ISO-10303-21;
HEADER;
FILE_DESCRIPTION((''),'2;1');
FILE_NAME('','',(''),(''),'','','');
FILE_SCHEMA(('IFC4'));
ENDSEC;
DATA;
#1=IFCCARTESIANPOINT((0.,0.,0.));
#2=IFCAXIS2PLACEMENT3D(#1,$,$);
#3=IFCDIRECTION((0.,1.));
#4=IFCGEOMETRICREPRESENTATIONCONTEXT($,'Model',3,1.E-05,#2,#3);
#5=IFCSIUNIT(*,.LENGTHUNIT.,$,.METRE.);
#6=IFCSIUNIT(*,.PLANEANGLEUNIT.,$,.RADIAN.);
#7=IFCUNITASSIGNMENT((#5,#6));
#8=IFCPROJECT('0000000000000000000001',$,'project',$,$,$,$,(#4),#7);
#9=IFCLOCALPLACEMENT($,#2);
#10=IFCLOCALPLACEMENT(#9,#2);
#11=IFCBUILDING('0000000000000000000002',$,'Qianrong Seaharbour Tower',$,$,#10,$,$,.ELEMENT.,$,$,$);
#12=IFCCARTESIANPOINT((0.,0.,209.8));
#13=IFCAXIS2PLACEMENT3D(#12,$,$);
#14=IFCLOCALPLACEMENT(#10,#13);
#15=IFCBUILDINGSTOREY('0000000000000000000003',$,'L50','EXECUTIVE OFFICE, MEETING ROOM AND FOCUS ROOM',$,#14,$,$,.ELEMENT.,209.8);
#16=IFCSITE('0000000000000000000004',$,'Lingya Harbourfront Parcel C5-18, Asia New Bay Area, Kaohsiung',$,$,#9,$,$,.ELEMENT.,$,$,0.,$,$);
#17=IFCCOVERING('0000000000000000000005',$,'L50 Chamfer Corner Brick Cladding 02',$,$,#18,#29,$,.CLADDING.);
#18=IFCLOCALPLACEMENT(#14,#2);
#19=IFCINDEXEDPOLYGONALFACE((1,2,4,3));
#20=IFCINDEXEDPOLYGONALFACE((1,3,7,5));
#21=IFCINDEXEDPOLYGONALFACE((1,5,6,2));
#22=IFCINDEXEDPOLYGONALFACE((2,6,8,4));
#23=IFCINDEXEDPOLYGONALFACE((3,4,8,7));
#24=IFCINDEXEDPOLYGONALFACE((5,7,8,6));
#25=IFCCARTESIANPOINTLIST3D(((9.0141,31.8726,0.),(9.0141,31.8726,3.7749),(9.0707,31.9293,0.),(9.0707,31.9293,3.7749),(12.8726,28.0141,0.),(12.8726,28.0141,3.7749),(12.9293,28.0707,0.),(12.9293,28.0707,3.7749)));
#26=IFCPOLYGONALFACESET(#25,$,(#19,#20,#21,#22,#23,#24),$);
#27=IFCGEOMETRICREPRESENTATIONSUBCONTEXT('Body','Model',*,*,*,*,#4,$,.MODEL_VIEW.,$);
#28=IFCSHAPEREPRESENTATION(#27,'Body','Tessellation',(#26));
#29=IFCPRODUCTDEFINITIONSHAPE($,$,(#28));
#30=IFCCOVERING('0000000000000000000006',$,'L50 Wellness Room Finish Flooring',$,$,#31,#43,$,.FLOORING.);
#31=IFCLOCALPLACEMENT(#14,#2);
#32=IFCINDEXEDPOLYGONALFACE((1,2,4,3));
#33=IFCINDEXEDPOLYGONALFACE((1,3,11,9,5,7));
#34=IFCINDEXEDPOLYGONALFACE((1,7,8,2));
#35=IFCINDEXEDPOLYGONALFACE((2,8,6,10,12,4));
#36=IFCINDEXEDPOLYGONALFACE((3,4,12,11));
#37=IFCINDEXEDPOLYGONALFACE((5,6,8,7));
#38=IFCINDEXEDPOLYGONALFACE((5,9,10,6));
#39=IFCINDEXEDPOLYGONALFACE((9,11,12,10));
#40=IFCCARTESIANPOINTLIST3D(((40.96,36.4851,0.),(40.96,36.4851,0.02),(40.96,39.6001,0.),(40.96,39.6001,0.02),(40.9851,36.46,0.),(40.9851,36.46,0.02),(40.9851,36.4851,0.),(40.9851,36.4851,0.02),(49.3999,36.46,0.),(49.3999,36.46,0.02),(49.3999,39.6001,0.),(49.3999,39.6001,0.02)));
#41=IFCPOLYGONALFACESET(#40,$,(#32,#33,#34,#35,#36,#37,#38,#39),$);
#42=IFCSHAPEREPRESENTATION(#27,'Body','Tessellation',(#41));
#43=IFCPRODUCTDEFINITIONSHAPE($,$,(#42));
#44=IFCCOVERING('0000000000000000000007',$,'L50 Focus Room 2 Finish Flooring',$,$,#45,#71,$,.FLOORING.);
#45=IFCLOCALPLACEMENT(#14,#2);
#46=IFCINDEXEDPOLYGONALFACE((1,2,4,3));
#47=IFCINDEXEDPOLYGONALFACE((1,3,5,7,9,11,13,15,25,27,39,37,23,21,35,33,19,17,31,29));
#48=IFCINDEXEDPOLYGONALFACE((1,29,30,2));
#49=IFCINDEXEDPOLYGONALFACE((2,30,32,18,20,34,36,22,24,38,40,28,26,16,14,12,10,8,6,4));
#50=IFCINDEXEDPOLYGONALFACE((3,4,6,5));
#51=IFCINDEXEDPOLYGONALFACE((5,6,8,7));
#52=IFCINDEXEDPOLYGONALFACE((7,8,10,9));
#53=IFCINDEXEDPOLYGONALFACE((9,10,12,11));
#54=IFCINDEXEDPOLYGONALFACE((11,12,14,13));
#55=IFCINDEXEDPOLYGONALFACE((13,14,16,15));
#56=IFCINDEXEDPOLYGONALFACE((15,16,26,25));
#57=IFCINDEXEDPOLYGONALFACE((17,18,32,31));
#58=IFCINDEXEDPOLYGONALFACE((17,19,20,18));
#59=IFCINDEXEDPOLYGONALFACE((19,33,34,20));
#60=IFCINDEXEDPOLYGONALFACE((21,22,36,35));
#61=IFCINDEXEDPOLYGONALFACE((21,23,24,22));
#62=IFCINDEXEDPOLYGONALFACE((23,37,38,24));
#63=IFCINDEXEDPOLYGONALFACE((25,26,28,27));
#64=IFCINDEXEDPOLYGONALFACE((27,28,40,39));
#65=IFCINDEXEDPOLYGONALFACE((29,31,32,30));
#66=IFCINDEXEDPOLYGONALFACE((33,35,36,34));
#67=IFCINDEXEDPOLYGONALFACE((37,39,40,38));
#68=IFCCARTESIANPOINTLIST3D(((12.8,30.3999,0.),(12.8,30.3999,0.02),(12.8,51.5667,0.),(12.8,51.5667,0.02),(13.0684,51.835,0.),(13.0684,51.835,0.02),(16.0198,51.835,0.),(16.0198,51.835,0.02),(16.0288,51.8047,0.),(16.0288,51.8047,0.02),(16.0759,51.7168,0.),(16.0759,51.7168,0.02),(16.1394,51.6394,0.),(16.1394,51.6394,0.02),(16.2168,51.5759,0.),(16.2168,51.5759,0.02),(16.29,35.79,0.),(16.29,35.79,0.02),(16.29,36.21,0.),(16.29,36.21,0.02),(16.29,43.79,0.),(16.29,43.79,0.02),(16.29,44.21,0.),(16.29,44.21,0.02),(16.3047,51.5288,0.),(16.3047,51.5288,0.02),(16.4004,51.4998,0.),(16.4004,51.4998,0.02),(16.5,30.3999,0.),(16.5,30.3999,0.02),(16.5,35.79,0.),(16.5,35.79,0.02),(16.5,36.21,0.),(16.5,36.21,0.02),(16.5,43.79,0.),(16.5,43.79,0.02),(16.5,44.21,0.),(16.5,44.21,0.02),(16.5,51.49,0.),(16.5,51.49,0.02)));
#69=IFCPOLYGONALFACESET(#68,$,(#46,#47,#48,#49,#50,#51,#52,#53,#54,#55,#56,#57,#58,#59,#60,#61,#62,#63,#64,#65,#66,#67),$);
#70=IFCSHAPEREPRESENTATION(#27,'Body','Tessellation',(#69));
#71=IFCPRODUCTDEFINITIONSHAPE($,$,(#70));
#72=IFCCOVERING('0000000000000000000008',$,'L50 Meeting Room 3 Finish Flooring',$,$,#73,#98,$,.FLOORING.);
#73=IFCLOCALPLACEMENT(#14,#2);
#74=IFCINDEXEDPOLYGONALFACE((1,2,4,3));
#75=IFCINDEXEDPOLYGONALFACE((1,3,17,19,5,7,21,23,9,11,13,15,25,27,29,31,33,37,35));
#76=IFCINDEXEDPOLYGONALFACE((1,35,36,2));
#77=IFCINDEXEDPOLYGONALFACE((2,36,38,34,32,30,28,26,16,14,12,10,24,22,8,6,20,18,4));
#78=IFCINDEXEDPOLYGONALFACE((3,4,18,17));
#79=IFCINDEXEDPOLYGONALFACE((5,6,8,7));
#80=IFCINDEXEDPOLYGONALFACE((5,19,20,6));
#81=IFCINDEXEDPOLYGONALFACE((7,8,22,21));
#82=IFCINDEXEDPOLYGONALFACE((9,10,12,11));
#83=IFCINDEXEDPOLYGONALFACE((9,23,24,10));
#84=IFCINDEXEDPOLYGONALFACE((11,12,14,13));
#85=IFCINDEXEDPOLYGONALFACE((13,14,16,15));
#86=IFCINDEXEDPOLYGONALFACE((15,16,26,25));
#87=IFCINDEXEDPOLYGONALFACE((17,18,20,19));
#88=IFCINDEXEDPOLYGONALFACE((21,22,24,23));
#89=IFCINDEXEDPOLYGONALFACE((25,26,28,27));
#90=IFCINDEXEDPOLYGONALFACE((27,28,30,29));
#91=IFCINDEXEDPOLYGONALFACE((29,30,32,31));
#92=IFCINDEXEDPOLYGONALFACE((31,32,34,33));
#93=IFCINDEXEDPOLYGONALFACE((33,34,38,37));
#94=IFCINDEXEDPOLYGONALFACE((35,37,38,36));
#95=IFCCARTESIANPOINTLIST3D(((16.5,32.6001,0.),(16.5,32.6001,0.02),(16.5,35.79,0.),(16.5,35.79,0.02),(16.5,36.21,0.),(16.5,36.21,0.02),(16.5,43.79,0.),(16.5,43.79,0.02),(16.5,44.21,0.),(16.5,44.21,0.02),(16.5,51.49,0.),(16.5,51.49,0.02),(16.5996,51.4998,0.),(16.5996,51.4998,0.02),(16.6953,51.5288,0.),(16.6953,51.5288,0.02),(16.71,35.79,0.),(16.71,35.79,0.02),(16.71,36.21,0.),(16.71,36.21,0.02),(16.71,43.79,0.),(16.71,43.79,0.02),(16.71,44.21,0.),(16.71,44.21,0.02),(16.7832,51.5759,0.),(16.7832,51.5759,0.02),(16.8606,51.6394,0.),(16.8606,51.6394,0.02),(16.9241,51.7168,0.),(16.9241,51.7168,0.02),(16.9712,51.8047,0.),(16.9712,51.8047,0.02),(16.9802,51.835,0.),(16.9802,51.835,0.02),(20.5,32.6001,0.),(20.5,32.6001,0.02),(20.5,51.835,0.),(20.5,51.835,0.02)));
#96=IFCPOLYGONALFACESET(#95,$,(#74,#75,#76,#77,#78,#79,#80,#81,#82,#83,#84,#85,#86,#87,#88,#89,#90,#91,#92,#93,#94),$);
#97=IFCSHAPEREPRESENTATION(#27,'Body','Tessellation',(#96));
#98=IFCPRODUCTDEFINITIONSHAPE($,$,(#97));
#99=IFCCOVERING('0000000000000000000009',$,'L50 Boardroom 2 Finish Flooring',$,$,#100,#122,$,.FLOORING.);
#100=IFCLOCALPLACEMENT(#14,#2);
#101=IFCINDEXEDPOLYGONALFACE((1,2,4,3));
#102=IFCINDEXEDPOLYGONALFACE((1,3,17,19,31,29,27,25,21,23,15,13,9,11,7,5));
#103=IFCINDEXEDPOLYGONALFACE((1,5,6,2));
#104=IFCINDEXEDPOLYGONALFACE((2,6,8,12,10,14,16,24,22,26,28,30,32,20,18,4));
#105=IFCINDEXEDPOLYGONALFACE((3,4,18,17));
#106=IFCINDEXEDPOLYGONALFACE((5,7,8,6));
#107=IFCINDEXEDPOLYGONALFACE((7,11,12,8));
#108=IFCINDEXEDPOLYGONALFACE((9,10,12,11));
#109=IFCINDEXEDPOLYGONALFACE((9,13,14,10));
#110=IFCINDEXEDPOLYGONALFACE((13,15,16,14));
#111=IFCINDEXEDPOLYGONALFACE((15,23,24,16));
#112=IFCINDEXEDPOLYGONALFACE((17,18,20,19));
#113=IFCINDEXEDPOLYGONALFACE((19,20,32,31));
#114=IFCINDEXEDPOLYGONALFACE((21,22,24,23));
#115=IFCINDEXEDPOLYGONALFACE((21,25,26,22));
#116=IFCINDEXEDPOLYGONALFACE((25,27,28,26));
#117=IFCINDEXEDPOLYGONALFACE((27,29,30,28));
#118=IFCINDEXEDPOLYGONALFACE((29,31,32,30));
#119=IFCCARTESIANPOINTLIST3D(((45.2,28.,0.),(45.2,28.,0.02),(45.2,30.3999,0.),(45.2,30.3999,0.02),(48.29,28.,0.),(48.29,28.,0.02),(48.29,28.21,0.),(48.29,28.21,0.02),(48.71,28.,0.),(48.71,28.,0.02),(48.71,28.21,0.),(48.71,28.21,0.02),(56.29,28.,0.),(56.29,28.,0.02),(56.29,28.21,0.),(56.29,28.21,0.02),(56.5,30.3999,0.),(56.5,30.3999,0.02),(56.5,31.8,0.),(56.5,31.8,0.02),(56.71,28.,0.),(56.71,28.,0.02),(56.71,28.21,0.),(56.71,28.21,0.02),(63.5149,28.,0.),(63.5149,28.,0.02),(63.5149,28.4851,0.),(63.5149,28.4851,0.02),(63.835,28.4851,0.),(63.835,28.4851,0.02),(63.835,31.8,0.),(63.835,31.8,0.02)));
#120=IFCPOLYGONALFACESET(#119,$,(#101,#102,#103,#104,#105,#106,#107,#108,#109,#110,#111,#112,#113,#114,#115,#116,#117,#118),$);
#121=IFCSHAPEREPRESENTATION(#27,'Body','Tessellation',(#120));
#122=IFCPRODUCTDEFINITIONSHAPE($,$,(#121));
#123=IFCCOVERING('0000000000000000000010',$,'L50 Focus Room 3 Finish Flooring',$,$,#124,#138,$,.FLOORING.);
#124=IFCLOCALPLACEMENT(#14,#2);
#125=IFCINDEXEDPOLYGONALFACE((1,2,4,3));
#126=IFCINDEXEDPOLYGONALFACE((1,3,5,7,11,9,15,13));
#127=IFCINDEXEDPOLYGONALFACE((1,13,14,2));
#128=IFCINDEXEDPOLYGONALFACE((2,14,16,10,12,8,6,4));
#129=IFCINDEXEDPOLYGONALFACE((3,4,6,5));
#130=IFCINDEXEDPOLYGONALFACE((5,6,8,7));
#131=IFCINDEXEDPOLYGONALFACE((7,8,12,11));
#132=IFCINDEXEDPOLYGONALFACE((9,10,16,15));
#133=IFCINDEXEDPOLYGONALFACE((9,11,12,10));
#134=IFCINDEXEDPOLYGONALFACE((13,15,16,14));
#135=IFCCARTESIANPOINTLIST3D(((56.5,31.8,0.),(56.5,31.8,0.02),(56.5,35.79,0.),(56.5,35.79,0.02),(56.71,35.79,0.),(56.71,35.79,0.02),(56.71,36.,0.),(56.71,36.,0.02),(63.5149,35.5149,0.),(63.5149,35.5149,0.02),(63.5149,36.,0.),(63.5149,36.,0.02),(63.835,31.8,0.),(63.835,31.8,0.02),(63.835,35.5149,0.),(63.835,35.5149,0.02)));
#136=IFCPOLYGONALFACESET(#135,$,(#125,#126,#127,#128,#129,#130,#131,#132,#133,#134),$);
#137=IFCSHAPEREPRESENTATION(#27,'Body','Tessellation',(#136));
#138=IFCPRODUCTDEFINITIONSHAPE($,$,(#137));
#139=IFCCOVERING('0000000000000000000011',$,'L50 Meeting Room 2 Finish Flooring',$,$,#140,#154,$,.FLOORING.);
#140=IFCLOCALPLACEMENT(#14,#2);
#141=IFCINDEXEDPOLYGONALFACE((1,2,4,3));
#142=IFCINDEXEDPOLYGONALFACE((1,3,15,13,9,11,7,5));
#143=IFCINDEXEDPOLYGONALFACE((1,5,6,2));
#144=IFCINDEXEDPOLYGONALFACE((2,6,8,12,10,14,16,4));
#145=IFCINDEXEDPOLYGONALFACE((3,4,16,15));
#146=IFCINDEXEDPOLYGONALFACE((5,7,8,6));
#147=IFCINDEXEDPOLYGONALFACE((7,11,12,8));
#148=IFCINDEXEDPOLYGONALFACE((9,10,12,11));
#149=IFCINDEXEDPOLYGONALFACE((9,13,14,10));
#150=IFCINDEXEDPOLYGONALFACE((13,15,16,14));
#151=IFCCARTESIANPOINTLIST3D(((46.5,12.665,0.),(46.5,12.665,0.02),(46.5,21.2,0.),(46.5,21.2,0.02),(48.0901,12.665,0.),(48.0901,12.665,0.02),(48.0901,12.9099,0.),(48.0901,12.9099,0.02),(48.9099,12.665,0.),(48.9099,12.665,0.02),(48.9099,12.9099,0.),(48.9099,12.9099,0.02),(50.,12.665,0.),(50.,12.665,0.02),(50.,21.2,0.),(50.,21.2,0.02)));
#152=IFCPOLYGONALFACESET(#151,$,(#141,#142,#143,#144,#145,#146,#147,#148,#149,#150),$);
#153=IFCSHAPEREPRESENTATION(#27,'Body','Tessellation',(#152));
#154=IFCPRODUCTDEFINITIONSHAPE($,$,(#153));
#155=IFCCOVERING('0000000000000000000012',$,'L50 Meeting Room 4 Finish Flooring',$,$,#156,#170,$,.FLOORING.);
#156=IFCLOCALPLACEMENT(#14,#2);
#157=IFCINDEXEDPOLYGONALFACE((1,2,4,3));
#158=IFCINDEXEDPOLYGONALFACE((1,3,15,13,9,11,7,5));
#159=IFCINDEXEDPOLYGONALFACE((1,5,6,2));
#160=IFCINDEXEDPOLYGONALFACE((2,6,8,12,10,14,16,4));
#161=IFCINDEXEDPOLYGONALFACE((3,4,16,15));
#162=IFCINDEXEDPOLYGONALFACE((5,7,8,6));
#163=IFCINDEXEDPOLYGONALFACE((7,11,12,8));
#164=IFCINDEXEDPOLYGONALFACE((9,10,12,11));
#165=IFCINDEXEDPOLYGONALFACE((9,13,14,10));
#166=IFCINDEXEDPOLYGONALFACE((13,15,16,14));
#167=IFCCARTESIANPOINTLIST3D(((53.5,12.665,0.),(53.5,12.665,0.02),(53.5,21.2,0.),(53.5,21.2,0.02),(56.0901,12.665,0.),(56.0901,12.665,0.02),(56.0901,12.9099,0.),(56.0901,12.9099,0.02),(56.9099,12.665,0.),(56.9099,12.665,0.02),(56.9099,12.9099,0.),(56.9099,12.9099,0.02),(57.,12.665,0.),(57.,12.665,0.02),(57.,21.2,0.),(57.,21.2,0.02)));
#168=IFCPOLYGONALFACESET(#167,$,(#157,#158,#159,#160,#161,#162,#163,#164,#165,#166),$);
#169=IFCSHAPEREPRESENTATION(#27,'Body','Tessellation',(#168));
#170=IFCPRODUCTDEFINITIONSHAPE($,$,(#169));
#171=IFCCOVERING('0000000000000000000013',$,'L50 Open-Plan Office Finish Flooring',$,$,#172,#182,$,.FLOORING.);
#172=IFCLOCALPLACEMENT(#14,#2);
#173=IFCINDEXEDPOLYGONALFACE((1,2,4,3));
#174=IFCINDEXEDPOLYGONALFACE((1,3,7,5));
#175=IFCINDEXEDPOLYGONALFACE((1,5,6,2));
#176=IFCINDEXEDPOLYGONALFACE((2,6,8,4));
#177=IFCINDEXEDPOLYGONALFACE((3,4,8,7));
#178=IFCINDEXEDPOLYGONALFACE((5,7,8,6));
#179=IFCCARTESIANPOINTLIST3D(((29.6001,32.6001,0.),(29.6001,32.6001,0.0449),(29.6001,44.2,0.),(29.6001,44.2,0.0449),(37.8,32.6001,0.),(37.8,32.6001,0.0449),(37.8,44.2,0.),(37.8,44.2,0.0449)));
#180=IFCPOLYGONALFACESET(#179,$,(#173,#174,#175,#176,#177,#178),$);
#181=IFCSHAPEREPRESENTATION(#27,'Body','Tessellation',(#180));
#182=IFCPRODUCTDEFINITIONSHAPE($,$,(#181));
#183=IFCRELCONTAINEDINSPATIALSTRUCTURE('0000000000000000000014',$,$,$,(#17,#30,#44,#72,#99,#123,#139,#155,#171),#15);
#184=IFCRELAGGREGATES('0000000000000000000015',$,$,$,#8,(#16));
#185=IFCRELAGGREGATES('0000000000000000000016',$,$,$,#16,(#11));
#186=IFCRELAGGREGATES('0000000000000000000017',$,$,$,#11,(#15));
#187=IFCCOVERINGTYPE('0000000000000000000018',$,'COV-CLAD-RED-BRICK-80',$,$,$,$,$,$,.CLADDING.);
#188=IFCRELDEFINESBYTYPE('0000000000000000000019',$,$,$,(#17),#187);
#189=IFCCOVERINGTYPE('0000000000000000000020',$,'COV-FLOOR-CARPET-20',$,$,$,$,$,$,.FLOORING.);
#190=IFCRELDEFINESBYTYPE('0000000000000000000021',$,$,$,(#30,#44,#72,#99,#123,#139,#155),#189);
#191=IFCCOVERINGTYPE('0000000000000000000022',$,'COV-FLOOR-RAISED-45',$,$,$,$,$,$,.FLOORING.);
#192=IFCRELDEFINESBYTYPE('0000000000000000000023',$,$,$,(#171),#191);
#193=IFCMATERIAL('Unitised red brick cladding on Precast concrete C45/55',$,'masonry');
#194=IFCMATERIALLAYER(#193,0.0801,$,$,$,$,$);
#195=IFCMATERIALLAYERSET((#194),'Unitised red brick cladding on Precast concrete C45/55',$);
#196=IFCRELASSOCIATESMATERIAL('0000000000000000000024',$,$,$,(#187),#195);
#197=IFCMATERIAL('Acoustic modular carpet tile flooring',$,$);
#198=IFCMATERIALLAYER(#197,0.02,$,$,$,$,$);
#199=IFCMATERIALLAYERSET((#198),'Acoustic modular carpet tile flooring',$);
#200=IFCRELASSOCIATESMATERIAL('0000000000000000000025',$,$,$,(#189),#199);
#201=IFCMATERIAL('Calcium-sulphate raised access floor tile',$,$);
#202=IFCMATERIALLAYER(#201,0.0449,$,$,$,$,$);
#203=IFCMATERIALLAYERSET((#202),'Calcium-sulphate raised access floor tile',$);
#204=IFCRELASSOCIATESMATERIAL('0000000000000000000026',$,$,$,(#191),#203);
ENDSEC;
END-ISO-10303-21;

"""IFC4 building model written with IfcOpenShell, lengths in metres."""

from ifc_helpers import new_model, si_unit, direction, frame, origin, origin_2d, place, context, subcontext, project, spatial, polyline, rectangle, outline, extrude, material, layer, layer_set, type_object, element, save


model = new_model("IFC4")

# Units and contexts
model_context = context("Model", 3, precision=1e-05, world=origin(), true_north=direction((0.0, 1.0)))
body_context = subcontext(model_context, "Body", "Model", "MODEL_VIEW")
ifc_project = project(units=[si_unit("LENGTHUNIT", "METRE"), si_unit("PLANEANGLEUNIT", "RADIAN")], contexts=[model_context])

# Site, building, storey
site_placement = place(None, origin())
site = spatial("IfcSite", under=ifc_project, at=site_placement, Name="Lingya Harbourfront Parcel C5-18, Asia New Bay Area, Kaohsiung", CompositionType="ELEMENT", RefElevation=0.0)
building_placement = place(site_placement, origin())
building = spatial("IfcBuilding", under=site, at=building_placement, Name="Qianrong Seaharbour Tower", CompositionType="ELEMENT")
storey_placement = place(building_placement, frame((0.0, 0.0, 209.8)))
storey = spatial("IfcBuildingStorey", under=building, at=storey_placement, Name="L50", Description="EXECUTIVE OFFICE, MEETING ROOM AND FOCUS ROOM", CompositionType="ELEMENT", Elevation=209.8)

# Coverings
ifc_material_1 = material(Name="Unitised red brick cladding on Precast concrete C45/55", Category="masonry")
ifc_layer_1 = layer(ifc_material_1, 0.0801)
ifc_layer_set_1 = layer_set([ifc_layer_1], Name="Unitised red brick cladding on Precast concrete C45/55")
covering_type_1 = type_object("IfcCoveringType", Name="COV-CLAD-RED-BRICK-80", PredefinedType="CLADDING", material=ifc_layer_set_1)
covering_1_placement = place(storey_placement, frame((10.9717, 29.9717, 0.0), z_axis=(0.0, 0.0, 1.0), x_axis=(-0.707107, 0.707107, 0.0)))
element("IfcCovering", 1, at=covering_1_placement, inside=storey, type_object=covering_type_1, Name="L50 Chamfer Corner Brick Cladding 02", PredefinedType="CLADDING", context=body_context, shape_type="SweptSolid", body=[
    extrude(rectangle(XDim=5.4568, YDim=0.0801, at=origin_2d()), origin(), (0.0, 0.0, 1.0), 3.7749),
])
ifc_material_2 = material(Name="Acoustic modular carpet tile flooring")
ifc_layer_2 = layer(ifc_material_2, 0.02)
ifc_layer_set_2 = layer_set([ifc_layer_2], Name="Acoustic modular carpet tile flooring")
covering_type_2 = type_object("IfcCoveringType", Name="COV-FLOOR-CARPET-20", PredefinedType="FLOORING", material=ifc_layer_set_2)
covering_2_placement = place(storey_placement, origin())
element("IfcCovering", 2, at=covering_2_placement, inside=storey, type_object=covering_type_2, Name="L50 Wellness Room Finish Flooring", PredefinedType="FLOORING", context=body_context, shape_type="SweptSolid", body=[
    extrude(outline(polyline([(49.3999, 39.6001), (49.3999, 36.46), (40.9851, 36.46), (40.9851, 36.4851), (40.96, 36.4851), (40.96, 39.6001), (49.3999, 39.6001)])), origin(), (0.0, 0.0, 1.0), 0.02),
])
covering_3_placement = place(storey_placement, origin())
element("IfcCovering", 3, at=covering_3_placement, inside=storey, type_object=covering_type_2, Name="L50 Focus Room 2 Finish Flooring", PredefinedType="FLOORING", context=body_context, shape_type="SweptSolid", body=[
    extrude(outline(polyline([(12.8, 51.5667), (13.0684, 51.835), (16.0198, 51.835), (16.0288, 51.8047), (16.0759, 51.7168), (16.1394, 51.6394), (16.2168, 51.5759), (16.3047, 51.5288), (16.4004, 51.4998), (16.5, 51.49), (16.5, 44.21), (16.29, 44.21), (16.29, 43.79), (16.5, 43.79), (16.5, 36.21), (16.29, 36.21), (16.29, 35.79), (16.5, 35.79), (16.5, 30.3999), (12.8, 30.3999), (12.8, 51.5667)])), origin(), (0.0, 0.0, 1.0), 0.02),
])
covering_4_placement = place(storey_placement, origin())
element("IfcCovering", 4, at=covering_4_placement, inside=storey, type_object=covering_type_2, Name="L50 Meeting Room 3 Finish Flooring", PredefinedType="FLOORING", context=body_context, shape_type="SweptSolid", body=[
    extrude(outline(polyline([(20.5, 51.835), (20.5, 32.6001), (16.5, 32.6001), (16.5, 35.79), (16.71, 35.79), (16.71, 36.21), (16.5, 36.21), (16.5, 43.79), (16.71, 43.79), (16.71, 44.21), (16.5, 44.21), (16.5, 51.49), (16.5996, 51.4998), (16.6953, 51.5288), (16.7832, 51.5759), (16.8606, 51.6394), (16.9241, 51.7168), (16.9712, 51.8047), (16.9802, 51.835), (20.5, 51.835)])), origin(), (0.0, 0.0, 1.0), 0.02),
])
covering_5_placement = place(storey_placement, origin())
element("IfcCovering", 5, at=covering_5_placement, inside=storey, type_object=covering_type_2, Name="L50 Boardroom 2 Finish Flooring", PredefinedType="FLOORING", context=body_context, shape_type="SweptSolid", body=[
    extrude(outline(polyline([(56.5, 30.3999), (56.5, 31.8), (63.835, 31.8), (63.835, 28.4851), (63.5149, 28.4851), (63.5149, 28.0), (56.71, 28.0), (56.71, 28.21), (56.29, 28.21), (56.29, 28.0), (48.71, 28.0), (48.71, 28.21), (48.29, 28.21), (48.29, 28.0), (45.2, 28.0), (45.2, 30.3999), (56.5, 30.3999)])), origin(), (0.0, 0.0, 1.0), 0.02),
])
covering_6_placement = place(storey_placement, origin())
element("IfcCovering", 6, at=covering_6_placement, inside=storey, type_object=covering_type_2, Name="L50 Focus Room 3 Finish Flooring", PredefinedType="FLOORING", context=body_context, shape_type="SweptSolid", body=[
    extrude(outline(polyline([(63.835, 31.8), (56.5, 31.8), (56.5, 35.79), (56.71, 35.79), (56.71, 36.0), (63.5149, 36.0), (63.5149, 35.5149), (63.835, 35.5149), (63.835, 31.8)])), origin(), (0.0, 0.0, 1.0), 0.02),
])
covering_7_placement = place(storey_placement, origin())
element("IfcCovering", 7, at=covering_7_placement, inside=storey, type_object=covering_type_2, Name="L50 Meeting Room 2 Finish Flooring", PredefinedType="FLOORING", context=body_context, shape_type="SweptSolid", body=[
    extrude(outline(polyline([(48.9099, 12.665), (48.9099, 12.9099), (48.0901, 12.9099), (48.0901, 12.665), (46.5, 12.665), (46.5, 21.2), (50.0, 21.2), (50.0, 12.665), (48.9099, 12.665)])), origin(), (0.0, 0.0, 1.0), 0.02),
])
covering_8_placement = place(storey_placement, origin())
element("IfcCovering", 8, at=covering_8_placement, inside=storey, type_object=covering_type_2, Name="L50 Meeting Room 4 Finish Flooring", PredefinedType="FLOORING", context=body_context, shape_type="SweptSolid", body=[
    extrude(outline(polyline([(56.9099, 12.665), (56.9099, 12.9099), (56.0901, 12.9099), (56.0901, 12.665), (53.5, 12.665), (53.5, 21.2), (57.0, 21.2), (57.0, 12.665), (56.9099, 12.665)])), origin(), (0.0, 0.0, 1.0), 0.02),
])
ifc_material_3 = material(Name="Calcium-sulphate raised access floor tile")
ifc_layer_3 = layer(ifc_material_3, 0.0449)
ifc_layer_set_3 = layer_set([ifc_layer_3], Name="Calcium-sulphate raised access floor tile")
covering_type_3 = type_object("IfcCoveringType", Name="COV-FLOOR-RAISED-45", PredefinedType="FLOORING", material=ifc_layer_set_3)
covering_9_placement = place(storey_placement, origin())
element("IfcCovering", 9, at=covering_9_placement, inside=storey, type_object=covering_type_3, Name="L50 Open-Plan Office Finish Flooring", PredefinedType="FLOORING", context=body_context, shape_type="SweptSolid", body=[
    extrude(outline(polyline([(29.6001, 44.2), (37.8, 44.2), (37.8, 32.6001), (29.6001, 32.6001), (29.6001, 44.2)])), origin(), (0.0, 0.0, 1.0), 0.0449),
])

save(model, "model.ifc")
